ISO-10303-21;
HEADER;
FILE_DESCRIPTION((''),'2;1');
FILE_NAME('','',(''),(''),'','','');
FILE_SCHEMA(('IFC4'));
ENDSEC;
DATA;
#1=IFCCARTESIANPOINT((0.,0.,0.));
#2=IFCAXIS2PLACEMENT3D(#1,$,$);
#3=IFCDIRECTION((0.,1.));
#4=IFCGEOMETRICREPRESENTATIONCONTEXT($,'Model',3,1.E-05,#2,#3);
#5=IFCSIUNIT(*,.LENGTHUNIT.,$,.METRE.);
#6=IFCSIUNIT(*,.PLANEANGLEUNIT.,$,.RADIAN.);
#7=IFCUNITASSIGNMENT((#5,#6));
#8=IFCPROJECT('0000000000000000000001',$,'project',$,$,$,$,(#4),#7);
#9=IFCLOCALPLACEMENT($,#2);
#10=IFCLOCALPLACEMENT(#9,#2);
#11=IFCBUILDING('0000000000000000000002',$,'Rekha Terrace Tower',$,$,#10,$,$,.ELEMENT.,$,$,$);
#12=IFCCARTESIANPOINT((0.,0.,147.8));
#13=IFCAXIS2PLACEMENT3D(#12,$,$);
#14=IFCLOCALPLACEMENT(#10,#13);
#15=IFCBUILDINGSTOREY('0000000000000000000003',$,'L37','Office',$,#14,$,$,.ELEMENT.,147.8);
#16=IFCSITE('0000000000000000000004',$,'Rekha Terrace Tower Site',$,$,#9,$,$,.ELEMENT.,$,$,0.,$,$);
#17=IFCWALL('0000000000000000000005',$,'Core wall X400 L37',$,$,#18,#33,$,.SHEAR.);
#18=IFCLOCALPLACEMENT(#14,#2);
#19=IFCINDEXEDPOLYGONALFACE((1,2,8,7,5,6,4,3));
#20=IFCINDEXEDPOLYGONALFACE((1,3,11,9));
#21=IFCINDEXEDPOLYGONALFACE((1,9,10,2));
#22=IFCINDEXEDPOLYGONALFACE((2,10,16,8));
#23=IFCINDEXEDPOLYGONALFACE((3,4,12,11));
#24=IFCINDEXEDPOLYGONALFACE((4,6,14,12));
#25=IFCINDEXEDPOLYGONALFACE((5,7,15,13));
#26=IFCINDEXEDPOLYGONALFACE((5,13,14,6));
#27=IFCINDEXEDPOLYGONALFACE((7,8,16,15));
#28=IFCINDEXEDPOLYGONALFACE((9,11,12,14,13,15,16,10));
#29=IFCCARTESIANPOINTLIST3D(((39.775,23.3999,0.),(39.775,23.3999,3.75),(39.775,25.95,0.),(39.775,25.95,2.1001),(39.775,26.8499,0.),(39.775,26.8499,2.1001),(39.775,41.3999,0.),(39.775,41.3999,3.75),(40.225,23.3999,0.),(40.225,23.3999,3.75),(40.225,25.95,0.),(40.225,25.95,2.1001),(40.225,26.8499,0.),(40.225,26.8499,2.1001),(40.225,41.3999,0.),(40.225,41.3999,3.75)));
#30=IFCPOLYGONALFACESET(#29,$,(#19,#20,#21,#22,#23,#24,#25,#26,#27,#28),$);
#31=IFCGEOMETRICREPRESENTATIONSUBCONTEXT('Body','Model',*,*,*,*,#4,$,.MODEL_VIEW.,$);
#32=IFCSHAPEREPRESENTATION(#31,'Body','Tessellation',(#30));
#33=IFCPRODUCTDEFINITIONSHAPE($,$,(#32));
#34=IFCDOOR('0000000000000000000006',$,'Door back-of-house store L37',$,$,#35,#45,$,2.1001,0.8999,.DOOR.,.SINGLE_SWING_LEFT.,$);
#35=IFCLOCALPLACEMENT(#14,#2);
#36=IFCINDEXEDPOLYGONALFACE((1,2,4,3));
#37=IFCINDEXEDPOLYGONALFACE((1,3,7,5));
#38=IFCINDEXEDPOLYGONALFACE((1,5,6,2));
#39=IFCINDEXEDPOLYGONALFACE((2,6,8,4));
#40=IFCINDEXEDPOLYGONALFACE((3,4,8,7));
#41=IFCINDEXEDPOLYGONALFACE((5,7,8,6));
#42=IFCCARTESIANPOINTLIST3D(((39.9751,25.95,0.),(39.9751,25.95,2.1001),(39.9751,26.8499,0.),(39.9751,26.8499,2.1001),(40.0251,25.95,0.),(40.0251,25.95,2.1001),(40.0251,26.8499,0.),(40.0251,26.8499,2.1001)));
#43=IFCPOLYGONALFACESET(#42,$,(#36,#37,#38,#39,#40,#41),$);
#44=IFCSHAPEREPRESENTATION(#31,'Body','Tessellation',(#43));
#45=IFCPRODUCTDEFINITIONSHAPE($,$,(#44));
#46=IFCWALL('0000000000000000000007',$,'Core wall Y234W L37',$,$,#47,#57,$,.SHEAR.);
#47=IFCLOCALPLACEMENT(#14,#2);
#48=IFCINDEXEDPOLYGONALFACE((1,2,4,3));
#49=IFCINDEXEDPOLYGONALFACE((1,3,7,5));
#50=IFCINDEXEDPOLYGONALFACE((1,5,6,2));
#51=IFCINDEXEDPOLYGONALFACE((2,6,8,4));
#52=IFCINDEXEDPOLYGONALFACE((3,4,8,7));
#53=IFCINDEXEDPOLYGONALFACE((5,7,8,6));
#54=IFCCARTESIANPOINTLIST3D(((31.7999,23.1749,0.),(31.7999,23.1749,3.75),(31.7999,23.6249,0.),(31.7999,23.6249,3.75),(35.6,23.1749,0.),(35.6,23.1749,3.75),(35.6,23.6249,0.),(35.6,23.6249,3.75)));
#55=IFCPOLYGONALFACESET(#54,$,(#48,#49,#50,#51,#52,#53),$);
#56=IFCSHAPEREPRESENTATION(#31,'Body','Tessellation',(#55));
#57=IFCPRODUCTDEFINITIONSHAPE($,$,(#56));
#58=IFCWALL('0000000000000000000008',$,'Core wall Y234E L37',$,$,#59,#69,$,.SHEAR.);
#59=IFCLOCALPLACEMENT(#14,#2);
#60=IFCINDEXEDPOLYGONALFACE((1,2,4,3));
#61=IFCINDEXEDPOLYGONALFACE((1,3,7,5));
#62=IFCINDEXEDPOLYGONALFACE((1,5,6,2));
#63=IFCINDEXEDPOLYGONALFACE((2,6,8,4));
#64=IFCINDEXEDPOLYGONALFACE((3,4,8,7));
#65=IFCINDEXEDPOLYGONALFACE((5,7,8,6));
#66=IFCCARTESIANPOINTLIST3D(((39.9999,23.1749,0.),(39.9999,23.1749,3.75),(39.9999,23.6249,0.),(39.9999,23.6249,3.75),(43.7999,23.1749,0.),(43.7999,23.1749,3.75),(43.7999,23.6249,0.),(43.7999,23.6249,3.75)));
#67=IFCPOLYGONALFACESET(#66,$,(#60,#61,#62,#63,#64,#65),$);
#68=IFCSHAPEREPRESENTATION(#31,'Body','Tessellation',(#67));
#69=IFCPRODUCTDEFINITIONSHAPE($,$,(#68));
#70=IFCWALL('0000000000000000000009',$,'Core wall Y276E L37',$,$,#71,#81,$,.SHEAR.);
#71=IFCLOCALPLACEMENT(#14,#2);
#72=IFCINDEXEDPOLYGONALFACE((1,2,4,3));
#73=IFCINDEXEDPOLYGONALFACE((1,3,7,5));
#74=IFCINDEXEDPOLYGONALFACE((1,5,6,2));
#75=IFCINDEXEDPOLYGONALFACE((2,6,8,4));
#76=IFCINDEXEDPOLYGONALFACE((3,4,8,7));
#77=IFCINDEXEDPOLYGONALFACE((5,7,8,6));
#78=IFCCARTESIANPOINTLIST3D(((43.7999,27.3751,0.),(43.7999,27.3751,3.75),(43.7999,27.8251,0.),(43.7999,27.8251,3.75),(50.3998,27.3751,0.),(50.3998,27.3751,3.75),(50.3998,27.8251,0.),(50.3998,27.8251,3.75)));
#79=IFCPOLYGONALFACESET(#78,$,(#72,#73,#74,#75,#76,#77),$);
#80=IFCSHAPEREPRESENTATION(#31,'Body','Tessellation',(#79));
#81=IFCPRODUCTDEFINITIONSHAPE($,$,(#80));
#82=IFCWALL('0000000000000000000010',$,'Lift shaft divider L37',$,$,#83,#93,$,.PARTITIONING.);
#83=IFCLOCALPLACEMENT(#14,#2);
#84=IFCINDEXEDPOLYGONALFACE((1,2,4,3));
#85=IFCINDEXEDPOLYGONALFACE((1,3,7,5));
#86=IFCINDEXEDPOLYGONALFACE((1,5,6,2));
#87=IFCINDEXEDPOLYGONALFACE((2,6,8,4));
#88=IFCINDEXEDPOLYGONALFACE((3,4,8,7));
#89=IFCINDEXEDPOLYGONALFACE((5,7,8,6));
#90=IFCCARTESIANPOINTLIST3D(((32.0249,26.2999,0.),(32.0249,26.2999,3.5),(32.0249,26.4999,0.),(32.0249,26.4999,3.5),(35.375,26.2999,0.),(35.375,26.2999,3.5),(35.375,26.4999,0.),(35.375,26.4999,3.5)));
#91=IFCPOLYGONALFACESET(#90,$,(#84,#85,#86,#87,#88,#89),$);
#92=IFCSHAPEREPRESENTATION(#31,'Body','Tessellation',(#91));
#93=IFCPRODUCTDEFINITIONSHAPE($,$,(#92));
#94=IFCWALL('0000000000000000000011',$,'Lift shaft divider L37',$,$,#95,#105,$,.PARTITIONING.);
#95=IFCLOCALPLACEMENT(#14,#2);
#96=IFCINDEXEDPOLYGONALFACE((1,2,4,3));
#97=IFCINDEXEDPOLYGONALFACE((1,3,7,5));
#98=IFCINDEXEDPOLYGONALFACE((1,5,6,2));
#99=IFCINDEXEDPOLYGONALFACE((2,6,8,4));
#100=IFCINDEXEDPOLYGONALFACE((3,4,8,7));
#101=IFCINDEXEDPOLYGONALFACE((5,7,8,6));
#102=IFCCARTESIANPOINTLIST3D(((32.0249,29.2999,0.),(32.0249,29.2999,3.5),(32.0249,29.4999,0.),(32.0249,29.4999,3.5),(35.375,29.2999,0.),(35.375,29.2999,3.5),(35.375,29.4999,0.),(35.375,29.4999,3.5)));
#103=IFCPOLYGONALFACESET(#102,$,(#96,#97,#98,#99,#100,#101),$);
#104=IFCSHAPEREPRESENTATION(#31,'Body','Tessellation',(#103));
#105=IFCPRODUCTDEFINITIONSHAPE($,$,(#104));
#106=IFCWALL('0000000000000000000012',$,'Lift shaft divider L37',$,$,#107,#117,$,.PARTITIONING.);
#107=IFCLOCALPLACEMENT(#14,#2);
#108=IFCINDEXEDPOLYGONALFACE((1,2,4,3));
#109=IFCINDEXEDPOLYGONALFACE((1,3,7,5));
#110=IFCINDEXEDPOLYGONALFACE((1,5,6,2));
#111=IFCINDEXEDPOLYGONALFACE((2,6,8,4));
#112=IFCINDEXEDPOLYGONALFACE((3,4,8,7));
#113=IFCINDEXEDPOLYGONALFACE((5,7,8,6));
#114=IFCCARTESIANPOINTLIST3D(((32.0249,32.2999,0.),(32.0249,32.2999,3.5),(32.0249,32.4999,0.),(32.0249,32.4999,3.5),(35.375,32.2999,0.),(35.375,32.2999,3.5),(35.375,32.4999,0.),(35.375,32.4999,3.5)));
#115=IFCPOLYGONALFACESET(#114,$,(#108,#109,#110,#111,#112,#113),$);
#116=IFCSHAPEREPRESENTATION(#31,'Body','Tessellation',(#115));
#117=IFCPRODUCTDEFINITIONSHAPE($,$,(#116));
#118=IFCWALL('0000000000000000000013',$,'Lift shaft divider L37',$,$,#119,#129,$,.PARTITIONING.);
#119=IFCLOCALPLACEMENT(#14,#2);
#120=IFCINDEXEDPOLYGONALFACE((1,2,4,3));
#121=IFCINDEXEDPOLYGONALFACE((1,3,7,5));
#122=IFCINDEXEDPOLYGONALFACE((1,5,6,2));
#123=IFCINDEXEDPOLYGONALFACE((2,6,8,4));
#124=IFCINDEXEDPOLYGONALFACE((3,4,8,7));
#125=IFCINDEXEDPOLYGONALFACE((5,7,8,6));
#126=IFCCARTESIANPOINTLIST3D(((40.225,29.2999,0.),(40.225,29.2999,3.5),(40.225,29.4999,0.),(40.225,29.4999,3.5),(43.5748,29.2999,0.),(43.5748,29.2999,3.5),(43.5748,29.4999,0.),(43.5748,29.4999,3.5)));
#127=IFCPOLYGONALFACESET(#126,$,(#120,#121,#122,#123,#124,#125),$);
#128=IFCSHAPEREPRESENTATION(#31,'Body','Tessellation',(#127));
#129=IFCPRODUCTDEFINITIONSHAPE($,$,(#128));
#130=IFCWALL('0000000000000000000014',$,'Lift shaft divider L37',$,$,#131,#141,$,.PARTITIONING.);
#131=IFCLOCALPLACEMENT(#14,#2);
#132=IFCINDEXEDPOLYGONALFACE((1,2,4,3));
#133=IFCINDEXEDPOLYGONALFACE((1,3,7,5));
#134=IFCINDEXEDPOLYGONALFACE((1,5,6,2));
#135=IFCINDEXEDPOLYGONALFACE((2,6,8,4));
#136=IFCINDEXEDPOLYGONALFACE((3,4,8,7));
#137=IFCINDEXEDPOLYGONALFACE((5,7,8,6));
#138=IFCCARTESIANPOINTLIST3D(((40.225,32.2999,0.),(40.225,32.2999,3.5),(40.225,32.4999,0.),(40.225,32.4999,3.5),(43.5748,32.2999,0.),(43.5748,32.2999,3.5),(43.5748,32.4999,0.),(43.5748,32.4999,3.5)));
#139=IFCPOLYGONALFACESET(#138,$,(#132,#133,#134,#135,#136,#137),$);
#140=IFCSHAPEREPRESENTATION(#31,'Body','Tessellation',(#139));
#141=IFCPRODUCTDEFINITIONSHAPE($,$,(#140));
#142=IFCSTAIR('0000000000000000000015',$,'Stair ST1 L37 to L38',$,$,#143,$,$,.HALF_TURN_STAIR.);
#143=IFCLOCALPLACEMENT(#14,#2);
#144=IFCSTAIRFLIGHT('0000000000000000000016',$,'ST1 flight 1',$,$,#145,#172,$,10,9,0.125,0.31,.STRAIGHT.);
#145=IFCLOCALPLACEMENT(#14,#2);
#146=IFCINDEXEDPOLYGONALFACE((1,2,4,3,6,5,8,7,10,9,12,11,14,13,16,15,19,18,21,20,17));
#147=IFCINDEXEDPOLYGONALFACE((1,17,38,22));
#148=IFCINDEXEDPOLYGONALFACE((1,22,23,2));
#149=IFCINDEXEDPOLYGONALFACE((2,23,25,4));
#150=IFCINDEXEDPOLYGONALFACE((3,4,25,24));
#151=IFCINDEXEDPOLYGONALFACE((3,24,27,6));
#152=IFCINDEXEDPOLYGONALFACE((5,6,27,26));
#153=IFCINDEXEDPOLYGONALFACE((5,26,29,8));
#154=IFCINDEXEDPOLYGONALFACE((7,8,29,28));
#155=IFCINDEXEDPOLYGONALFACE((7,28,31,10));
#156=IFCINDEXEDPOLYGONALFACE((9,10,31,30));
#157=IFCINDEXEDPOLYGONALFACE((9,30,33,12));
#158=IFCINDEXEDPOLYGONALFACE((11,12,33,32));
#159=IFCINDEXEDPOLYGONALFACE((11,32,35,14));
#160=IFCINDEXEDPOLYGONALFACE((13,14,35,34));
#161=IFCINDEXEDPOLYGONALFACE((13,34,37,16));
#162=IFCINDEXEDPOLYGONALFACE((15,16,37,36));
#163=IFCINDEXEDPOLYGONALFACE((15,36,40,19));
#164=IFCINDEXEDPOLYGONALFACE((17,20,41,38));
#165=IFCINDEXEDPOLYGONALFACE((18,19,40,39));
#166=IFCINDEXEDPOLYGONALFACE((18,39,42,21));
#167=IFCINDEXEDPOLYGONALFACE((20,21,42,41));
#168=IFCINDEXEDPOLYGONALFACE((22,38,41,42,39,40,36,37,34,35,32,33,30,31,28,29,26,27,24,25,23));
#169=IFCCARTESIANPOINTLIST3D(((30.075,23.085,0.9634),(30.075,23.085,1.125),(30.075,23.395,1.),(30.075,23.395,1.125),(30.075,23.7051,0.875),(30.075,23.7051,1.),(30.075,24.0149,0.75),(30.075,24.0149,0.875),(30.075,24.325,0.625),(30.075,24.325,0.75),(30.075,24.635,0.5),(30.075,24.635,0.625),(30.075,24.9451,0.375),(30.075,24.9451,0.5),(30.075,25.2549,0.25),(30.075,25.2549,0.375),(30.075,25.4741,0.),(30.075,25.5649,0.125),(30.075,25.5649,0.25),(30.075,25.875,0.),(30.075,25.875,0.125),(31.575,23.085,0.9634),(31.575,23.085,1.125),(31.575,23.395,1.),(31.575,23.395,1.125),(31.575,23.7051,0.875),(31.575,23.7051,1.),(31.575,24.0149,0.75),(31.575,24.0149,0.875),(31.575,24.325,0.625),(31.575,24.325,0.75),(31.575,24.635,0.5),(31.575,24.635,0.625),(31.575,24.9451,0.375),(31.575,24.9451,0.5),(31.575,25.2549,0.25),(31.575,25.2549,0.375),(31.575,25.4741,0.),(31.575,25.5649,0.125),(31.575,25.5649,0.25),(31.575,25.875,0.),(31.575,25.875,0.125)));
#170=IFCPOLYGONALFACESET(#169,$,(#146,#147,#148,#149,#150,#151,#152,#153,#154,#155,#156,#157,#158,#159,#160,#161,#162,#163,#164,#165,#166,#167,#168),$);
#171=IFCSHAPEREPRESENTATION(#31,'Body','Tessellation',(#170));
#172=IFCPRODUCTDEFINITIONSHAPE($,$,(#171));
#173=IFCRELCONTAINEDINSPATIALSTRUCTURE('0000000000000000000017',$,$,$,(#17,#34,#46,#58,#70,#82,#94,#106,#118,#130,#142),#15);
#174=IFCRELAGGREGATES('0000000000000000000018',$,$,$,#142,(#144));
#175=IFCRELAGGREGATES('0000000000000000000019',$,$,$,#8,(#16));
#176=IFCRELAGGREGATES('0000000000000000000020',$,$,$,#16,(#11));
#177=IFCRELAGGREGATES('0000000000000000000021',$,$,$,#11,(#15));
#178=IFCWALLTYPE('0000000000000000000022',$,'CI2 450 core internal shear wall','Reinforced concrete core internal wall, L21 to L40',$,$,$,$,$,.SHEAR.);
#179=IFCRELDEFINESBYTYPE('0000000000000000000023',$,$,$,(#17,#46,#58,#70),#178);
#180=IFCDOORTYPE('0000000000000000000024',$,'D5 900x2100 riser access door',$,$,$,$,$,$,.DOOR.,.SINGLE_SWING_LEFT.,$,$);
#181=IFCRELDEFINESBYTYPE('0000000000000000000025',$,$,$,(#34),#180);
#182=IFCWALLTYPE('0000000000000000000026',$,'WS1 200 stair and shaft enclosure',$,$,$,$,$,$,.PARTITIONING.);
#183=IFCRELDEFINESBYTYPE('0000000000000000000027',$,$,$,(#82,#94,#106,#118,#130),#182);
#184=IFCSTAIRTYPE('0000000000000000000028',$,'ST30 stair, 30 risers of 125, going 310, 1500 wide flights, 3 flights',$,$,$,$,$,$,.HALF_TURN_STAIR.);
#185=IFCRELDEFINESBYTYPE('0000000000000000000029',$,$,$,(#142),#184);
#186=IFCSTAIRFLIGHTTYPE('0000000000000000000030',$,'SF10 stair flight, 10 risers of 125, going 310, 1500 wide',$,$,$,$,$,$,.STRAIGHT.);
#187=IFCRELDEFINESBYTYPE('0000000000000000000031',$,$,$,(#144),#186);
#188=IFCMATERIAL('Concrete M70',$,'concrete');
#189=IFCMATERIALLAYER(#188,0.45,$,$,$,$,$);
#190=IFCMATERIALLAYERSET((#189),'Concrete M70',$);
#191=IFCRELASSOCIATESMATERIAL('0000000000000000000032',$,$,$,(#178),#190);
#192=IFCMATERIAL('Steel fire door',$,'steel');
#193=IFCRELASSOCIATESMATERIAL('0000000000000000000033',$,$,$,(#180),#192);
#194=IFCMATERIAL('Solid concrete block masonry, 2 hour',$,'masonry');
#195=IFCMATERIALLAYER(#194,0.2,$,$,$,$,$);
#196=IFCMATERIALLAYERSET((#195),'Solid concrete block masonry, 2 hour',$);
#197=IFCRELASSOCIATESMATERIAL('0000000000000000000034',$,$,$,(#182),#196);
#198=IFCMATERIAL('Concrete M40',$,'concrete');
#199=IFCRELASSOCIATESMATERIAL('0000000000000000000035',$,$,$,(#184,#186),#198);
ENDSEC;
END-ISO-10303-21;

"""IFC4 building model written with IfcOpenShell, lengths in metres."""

from ifc_helpers import new_model, si_unit, direction, frame, frame_2d, origin, place, context, subcontext, project, spatial, polyline, rectangle, outline, extrude, material, layer, layer_set, type_object, element, fill, aggregate, save


model = new_model("IFC4")

# Units and contexts
model_context = context("Model", 3, precision=1e-05, world=origin(), true_north=direction((0.0, 1.0)))
body_context = subcontext(model_context, "Body", "Model", "MODEL_VIEW")
ifc_project = project(units=[si_unit("LENGTHUNIT", "METRE"), si_unit("PLANEANGLEUNIT", "RADIAN")], contexts=[model_context])

# Site, building, storey
site_placement = place(None, origin())
site = spatial("IfcSite", under=ifc_project, at=site_placement, Name="Rekha Terrace Tower Site", CompositionType="ELEMENT", RefElevation=0.0)
building_placement = place(site_placement, origin())
building = spatial("IfcBuilding", under=site, at=building_placement, Name="Rekha Terrace Tower", CompositionType="ELEMENT")
storey_placement = place(building_placement, frame((0.0, 0.0, 147.8)))
storey = spatial("IfcBuildingStorey", under=building, at=storey_placement, Name="L37", Description="Office", CompositionType="ELEMENT", Elevation=147.8)

# Shared definitions
ifc_material_1 = material(Name="Concrete M70", Category="concrete")
ifc_layer_1 = layer(ifc_material_1, 0.45)
ifc_layer_set_1 = layer_set([ifc_layer_1], Name="Concrete M70")
wall_type_1 = type_object("IfcWallType", Name="CI2 450 core internal shear wall", Description="Reinforced concrete core internal wall, L21 to L40", PredefinedType="SHEAR", material=ifc_layer_set_1)

# Wall, opening, door
wall_1_placement = place(storey_placement, frame((40.0, 23.3999, 0.0), z_axis=(0.0, 0.0, 1.0), x_axis=(0.0, 1.0, 0.0)))
wall_1 = element("IfcWall", 1, at=wall_1_placement, inside=storey, type_object=wall_type_1, Name="Core wall X400 L37", PredefinedType="SHEAR", context=body_context, shape_type="SweptSolid", body=[
    extrude(rectangle(XDim=18.0, YDim=0.45, at=frame_2d((9.0, 0.0))), origin(), (0.0, 0.0, 1.0), 3.75),
])
opening_1_placement = place(wall_1_placement, frame((2.55, 0.0, 0.0)))
opening_1 = element("IfcOpeningElement", 2, at=opening_1_placement, cuts=wall_1, PredefinedType="OPENING", context=body_context, shape_type="SweptSolid", body=[
    extrude(rectangle(XDim=0.8999, YDim=2.1001, at=frame_2d((0.45, 1.05))), frame((0.0, 0.2349, 0.0), z_axis=(0.0, -1.0, 0.0), x_axis=(1.0, 0.0, 0.0)), (0.0, 0.0, 1.0), 0.47),
])
ifc_material_2 = material(Name="Steel fire door", Category="steel")
door_type_1 = type_object("IfcDoorType", Name="D5 900x2100 riser access door", OperationType="SINGLE_SWING_LEFT", PredefinedType="DOOR", material=ifc_material_2)
door_1_placement = place(opening_1_placement, origin())
door_1 = element("IfcDoor", 3, at=door_1_placement, inside=storey, type_object=door_type_1, Name="Door back-of-house store L37", OperationType="SINGLE_SWING_LEFT", OverallHeight=2.1001, OverallWidth=0.8999, PredefinedType="DOOR", context=body_context, shape_type="SweptSolid", body=[
    extrude(rectangle(XDim=0.8999, YDim=2.1001, at=frame_2d((0.45, 1.05))), frame((0.0, 0.0249, 0.0), z_axis=(0.0, -1.0, 0.0), x_axis=(1.0, 0.0, 0.0)), (0.0, 0.0, 1.0), 0.05),
])
fill(opening_1, door_1)

# Walls
for number, where, z_axis, x_axis, name in (
    (4, (31.8, 23.3999, 0.0), (0.0, 0.0, 1.0), (1.0, 0.0, 0.0), "Core wall Y234W L37"),
    (5, (40.0, 23.3999, 0.0), (0.0, 0.0, 1.0), (1.0, 0.0, 0.0), "Core wall Y234E L37"),
):
    element("IfcWall", number, at=place(storey_placement, frame(where, z_axis=z_axis, x_axis=x_axis)), inside=storey, type_object=wall_type_1, Name=name, PredefinedType="SHEAR", context=body_context, shape_type="SweptSolid", body=[
        extrude(rectangle(XDim=3.8, YDim=0.45, at=frame_2d((1.8999, 0.0))), origin(), (0.0, 0.0, 1.0), 3.75),
    ])
wall_2_placement = place(storey_placement, frame((43.8, 27.6001, 0.0), z_axis=(0.0, 0.0, 1.0), x_axis=(1.0, 0.0, 0.0)))
element("IfcWall", 6, at=wall_2_placement, inside=storey, type_object=wall_type_1, Name="Core wall Y276E L37", PredefinedType="SHEAR", context=body_context, shape_type="SweptSolid", body=[
    extrude(rectangle(XDim=6.5999, YDim=0.45, at=frame_2d((3.2998, 0.0))), origin(), (0.0, 0.0, 1.0), 3.75),
])
ifc_material_3 = material(Name="Solid concrete block masonry, 2 hour", Category="masonry")
ifc_layer_2 = layer(ifc_material_3, 0.2)
ifc_layer_set_2 = layer_set([ifc_layer_2], Name="Solid concrete block masonry, 2 hour")
wall_type_2 = type_object("IfcWallType", Name="WS1 200 stair and shaft enclosure", PredefinedType="PARTITIONING", material=ifc_layer_set_2)
for number, where, z_axis, x_axis, name in (
    (7, (32.0249, 26.3999, 0.0), (0.0, 0.0, 1.0), (1.0, 0.0, 0.0), "Lift shaft divider L37"),
    (8, (32.0249, 29.3999, 0.0), (0.0, 0.0, 1.0), (1.0, 0.0, 0.0), "Lift shaft divider L37"),
    (9, (32.0249, 32.3999, 0.0), (0.0, 0.0, 1.0), (1.0, 0.0, 0.0), "Lift shaft divider L37"),
):
    element("IfcWall", number, at=place(storey_placement, frame(where, z_axis=z_axis, x_axis=x_axis)), inside=storey, type_object=wall_type_2, Name=name, PredefinedType="PARTITIONING", context=body_context, shape_type="SweptSolid", body=[
        extrude(rectangle(XDim=3.3501, YDim=0.2, at=frame_2d((1.675, 0.0))), origin(), (0.0, 0.0, 1.0), 3.5),
    ])
for number, where, z_axis, x_axis, name in (
    (10, (40.2251, 29.3999, 0.0), (0.0, 0.0, 1.0), (1.0, 0.0, 0.0), "Lift shaft divider L37"),
    (11, (40.2251, 32.3999, 0.0), (0.0, 0.0, 1.0), (1.0, 0.0, 0.0), "Lift shaft divider L37"),
):
    element("IfcWall", number, at=place(storey_placement, frame(where, z_axis=z_axis, x_axis=x_axis)), inside=storey, type_object=wall_type_2, Name=name, PredefinedType="PARTITIONING", context=body_context, shape_type="SweptSolid", body=[
        extrude(rectangle(XDim=3.3499, YDim=0.2, at=frame_2d((1.6748, 0.0))), origin(), (0.0, 0.0, 1.0), 3.5),
    ])

# Stair, stair flight
ifc_material_4 = material(Name="Concrete M40", Category="concrete")
stair_type = type_object("IfcStairType", Name="ST30 stair, 30 risers of 125, going 310, 1500 wide flights, 3 flights", PredefinedType="HALF_TURN_STAIR", material=ifc_material_4)
stair_placement = place(storey_placement, origin())
stair = element("IfcStair", 12, at=stair_placement, inside=storey, type_object=stair_type, Name="Stair ST1 L37 to L38", PredefinedType="HALF_TURN_STAIR")
stair_flight_type = type_object("IfcStairFlightType", Name="SF10 stair flight, 10 risers of 125, going 310, 1500 wide", PredefinedType="STRAIGHT", material=ifc_material_4)
stair_flight_placement = place(storey_placement, frame((30.825, 25.875, 0.0), z_axis=(0.0, 0.0, 1.0), x_axis=(0.0, -1.0, 0.0)))
stair_flight = element("IfcStairFlight", 13, at=stair_flight_placement, type_object=stair_flight_type, Name="ST1 flight 1", NumberOfRisers=10, NumberOfTreads=9, PredefinedType="STRAIGHT", RiserHeight=0.125, TreadLength=0.31, context=body_context, shape_type="SweptSolid", body=[
    extrude(outline(polyline([(0.0, 0.0), (0.0, 0.125), (0.3101, 0.125), (0.3101, 0.25), (0.6201, 0.25), (0.6201, 0.375), (0.9299, 0.375), (0.9299, 0.5), (1.24, 0.5), (1.24, 0.625), (1.55, 0.625), (1.55, 0.75), (1.8601, 0.75), (1.8601, 0.875), (2.1699, 0.875), (2.1699, 1.0), (2.48, 1.0), (2.48, 1.125), (2.79, 1.125), (2.79, 1.25), (2.79, 0.9634), (0.4009, 0.0), (0.0, 0.0)])), frame((0.0, 0.75, 0.0), z_axis=(0.0, -1.0, 0.0), x_axis=(1.0, 0.0, 0.0)), (0.0, 0.0, 1.0), 1.5),
])
aggregate(stair, [stair_flight])

save(model, "model.ifc")
